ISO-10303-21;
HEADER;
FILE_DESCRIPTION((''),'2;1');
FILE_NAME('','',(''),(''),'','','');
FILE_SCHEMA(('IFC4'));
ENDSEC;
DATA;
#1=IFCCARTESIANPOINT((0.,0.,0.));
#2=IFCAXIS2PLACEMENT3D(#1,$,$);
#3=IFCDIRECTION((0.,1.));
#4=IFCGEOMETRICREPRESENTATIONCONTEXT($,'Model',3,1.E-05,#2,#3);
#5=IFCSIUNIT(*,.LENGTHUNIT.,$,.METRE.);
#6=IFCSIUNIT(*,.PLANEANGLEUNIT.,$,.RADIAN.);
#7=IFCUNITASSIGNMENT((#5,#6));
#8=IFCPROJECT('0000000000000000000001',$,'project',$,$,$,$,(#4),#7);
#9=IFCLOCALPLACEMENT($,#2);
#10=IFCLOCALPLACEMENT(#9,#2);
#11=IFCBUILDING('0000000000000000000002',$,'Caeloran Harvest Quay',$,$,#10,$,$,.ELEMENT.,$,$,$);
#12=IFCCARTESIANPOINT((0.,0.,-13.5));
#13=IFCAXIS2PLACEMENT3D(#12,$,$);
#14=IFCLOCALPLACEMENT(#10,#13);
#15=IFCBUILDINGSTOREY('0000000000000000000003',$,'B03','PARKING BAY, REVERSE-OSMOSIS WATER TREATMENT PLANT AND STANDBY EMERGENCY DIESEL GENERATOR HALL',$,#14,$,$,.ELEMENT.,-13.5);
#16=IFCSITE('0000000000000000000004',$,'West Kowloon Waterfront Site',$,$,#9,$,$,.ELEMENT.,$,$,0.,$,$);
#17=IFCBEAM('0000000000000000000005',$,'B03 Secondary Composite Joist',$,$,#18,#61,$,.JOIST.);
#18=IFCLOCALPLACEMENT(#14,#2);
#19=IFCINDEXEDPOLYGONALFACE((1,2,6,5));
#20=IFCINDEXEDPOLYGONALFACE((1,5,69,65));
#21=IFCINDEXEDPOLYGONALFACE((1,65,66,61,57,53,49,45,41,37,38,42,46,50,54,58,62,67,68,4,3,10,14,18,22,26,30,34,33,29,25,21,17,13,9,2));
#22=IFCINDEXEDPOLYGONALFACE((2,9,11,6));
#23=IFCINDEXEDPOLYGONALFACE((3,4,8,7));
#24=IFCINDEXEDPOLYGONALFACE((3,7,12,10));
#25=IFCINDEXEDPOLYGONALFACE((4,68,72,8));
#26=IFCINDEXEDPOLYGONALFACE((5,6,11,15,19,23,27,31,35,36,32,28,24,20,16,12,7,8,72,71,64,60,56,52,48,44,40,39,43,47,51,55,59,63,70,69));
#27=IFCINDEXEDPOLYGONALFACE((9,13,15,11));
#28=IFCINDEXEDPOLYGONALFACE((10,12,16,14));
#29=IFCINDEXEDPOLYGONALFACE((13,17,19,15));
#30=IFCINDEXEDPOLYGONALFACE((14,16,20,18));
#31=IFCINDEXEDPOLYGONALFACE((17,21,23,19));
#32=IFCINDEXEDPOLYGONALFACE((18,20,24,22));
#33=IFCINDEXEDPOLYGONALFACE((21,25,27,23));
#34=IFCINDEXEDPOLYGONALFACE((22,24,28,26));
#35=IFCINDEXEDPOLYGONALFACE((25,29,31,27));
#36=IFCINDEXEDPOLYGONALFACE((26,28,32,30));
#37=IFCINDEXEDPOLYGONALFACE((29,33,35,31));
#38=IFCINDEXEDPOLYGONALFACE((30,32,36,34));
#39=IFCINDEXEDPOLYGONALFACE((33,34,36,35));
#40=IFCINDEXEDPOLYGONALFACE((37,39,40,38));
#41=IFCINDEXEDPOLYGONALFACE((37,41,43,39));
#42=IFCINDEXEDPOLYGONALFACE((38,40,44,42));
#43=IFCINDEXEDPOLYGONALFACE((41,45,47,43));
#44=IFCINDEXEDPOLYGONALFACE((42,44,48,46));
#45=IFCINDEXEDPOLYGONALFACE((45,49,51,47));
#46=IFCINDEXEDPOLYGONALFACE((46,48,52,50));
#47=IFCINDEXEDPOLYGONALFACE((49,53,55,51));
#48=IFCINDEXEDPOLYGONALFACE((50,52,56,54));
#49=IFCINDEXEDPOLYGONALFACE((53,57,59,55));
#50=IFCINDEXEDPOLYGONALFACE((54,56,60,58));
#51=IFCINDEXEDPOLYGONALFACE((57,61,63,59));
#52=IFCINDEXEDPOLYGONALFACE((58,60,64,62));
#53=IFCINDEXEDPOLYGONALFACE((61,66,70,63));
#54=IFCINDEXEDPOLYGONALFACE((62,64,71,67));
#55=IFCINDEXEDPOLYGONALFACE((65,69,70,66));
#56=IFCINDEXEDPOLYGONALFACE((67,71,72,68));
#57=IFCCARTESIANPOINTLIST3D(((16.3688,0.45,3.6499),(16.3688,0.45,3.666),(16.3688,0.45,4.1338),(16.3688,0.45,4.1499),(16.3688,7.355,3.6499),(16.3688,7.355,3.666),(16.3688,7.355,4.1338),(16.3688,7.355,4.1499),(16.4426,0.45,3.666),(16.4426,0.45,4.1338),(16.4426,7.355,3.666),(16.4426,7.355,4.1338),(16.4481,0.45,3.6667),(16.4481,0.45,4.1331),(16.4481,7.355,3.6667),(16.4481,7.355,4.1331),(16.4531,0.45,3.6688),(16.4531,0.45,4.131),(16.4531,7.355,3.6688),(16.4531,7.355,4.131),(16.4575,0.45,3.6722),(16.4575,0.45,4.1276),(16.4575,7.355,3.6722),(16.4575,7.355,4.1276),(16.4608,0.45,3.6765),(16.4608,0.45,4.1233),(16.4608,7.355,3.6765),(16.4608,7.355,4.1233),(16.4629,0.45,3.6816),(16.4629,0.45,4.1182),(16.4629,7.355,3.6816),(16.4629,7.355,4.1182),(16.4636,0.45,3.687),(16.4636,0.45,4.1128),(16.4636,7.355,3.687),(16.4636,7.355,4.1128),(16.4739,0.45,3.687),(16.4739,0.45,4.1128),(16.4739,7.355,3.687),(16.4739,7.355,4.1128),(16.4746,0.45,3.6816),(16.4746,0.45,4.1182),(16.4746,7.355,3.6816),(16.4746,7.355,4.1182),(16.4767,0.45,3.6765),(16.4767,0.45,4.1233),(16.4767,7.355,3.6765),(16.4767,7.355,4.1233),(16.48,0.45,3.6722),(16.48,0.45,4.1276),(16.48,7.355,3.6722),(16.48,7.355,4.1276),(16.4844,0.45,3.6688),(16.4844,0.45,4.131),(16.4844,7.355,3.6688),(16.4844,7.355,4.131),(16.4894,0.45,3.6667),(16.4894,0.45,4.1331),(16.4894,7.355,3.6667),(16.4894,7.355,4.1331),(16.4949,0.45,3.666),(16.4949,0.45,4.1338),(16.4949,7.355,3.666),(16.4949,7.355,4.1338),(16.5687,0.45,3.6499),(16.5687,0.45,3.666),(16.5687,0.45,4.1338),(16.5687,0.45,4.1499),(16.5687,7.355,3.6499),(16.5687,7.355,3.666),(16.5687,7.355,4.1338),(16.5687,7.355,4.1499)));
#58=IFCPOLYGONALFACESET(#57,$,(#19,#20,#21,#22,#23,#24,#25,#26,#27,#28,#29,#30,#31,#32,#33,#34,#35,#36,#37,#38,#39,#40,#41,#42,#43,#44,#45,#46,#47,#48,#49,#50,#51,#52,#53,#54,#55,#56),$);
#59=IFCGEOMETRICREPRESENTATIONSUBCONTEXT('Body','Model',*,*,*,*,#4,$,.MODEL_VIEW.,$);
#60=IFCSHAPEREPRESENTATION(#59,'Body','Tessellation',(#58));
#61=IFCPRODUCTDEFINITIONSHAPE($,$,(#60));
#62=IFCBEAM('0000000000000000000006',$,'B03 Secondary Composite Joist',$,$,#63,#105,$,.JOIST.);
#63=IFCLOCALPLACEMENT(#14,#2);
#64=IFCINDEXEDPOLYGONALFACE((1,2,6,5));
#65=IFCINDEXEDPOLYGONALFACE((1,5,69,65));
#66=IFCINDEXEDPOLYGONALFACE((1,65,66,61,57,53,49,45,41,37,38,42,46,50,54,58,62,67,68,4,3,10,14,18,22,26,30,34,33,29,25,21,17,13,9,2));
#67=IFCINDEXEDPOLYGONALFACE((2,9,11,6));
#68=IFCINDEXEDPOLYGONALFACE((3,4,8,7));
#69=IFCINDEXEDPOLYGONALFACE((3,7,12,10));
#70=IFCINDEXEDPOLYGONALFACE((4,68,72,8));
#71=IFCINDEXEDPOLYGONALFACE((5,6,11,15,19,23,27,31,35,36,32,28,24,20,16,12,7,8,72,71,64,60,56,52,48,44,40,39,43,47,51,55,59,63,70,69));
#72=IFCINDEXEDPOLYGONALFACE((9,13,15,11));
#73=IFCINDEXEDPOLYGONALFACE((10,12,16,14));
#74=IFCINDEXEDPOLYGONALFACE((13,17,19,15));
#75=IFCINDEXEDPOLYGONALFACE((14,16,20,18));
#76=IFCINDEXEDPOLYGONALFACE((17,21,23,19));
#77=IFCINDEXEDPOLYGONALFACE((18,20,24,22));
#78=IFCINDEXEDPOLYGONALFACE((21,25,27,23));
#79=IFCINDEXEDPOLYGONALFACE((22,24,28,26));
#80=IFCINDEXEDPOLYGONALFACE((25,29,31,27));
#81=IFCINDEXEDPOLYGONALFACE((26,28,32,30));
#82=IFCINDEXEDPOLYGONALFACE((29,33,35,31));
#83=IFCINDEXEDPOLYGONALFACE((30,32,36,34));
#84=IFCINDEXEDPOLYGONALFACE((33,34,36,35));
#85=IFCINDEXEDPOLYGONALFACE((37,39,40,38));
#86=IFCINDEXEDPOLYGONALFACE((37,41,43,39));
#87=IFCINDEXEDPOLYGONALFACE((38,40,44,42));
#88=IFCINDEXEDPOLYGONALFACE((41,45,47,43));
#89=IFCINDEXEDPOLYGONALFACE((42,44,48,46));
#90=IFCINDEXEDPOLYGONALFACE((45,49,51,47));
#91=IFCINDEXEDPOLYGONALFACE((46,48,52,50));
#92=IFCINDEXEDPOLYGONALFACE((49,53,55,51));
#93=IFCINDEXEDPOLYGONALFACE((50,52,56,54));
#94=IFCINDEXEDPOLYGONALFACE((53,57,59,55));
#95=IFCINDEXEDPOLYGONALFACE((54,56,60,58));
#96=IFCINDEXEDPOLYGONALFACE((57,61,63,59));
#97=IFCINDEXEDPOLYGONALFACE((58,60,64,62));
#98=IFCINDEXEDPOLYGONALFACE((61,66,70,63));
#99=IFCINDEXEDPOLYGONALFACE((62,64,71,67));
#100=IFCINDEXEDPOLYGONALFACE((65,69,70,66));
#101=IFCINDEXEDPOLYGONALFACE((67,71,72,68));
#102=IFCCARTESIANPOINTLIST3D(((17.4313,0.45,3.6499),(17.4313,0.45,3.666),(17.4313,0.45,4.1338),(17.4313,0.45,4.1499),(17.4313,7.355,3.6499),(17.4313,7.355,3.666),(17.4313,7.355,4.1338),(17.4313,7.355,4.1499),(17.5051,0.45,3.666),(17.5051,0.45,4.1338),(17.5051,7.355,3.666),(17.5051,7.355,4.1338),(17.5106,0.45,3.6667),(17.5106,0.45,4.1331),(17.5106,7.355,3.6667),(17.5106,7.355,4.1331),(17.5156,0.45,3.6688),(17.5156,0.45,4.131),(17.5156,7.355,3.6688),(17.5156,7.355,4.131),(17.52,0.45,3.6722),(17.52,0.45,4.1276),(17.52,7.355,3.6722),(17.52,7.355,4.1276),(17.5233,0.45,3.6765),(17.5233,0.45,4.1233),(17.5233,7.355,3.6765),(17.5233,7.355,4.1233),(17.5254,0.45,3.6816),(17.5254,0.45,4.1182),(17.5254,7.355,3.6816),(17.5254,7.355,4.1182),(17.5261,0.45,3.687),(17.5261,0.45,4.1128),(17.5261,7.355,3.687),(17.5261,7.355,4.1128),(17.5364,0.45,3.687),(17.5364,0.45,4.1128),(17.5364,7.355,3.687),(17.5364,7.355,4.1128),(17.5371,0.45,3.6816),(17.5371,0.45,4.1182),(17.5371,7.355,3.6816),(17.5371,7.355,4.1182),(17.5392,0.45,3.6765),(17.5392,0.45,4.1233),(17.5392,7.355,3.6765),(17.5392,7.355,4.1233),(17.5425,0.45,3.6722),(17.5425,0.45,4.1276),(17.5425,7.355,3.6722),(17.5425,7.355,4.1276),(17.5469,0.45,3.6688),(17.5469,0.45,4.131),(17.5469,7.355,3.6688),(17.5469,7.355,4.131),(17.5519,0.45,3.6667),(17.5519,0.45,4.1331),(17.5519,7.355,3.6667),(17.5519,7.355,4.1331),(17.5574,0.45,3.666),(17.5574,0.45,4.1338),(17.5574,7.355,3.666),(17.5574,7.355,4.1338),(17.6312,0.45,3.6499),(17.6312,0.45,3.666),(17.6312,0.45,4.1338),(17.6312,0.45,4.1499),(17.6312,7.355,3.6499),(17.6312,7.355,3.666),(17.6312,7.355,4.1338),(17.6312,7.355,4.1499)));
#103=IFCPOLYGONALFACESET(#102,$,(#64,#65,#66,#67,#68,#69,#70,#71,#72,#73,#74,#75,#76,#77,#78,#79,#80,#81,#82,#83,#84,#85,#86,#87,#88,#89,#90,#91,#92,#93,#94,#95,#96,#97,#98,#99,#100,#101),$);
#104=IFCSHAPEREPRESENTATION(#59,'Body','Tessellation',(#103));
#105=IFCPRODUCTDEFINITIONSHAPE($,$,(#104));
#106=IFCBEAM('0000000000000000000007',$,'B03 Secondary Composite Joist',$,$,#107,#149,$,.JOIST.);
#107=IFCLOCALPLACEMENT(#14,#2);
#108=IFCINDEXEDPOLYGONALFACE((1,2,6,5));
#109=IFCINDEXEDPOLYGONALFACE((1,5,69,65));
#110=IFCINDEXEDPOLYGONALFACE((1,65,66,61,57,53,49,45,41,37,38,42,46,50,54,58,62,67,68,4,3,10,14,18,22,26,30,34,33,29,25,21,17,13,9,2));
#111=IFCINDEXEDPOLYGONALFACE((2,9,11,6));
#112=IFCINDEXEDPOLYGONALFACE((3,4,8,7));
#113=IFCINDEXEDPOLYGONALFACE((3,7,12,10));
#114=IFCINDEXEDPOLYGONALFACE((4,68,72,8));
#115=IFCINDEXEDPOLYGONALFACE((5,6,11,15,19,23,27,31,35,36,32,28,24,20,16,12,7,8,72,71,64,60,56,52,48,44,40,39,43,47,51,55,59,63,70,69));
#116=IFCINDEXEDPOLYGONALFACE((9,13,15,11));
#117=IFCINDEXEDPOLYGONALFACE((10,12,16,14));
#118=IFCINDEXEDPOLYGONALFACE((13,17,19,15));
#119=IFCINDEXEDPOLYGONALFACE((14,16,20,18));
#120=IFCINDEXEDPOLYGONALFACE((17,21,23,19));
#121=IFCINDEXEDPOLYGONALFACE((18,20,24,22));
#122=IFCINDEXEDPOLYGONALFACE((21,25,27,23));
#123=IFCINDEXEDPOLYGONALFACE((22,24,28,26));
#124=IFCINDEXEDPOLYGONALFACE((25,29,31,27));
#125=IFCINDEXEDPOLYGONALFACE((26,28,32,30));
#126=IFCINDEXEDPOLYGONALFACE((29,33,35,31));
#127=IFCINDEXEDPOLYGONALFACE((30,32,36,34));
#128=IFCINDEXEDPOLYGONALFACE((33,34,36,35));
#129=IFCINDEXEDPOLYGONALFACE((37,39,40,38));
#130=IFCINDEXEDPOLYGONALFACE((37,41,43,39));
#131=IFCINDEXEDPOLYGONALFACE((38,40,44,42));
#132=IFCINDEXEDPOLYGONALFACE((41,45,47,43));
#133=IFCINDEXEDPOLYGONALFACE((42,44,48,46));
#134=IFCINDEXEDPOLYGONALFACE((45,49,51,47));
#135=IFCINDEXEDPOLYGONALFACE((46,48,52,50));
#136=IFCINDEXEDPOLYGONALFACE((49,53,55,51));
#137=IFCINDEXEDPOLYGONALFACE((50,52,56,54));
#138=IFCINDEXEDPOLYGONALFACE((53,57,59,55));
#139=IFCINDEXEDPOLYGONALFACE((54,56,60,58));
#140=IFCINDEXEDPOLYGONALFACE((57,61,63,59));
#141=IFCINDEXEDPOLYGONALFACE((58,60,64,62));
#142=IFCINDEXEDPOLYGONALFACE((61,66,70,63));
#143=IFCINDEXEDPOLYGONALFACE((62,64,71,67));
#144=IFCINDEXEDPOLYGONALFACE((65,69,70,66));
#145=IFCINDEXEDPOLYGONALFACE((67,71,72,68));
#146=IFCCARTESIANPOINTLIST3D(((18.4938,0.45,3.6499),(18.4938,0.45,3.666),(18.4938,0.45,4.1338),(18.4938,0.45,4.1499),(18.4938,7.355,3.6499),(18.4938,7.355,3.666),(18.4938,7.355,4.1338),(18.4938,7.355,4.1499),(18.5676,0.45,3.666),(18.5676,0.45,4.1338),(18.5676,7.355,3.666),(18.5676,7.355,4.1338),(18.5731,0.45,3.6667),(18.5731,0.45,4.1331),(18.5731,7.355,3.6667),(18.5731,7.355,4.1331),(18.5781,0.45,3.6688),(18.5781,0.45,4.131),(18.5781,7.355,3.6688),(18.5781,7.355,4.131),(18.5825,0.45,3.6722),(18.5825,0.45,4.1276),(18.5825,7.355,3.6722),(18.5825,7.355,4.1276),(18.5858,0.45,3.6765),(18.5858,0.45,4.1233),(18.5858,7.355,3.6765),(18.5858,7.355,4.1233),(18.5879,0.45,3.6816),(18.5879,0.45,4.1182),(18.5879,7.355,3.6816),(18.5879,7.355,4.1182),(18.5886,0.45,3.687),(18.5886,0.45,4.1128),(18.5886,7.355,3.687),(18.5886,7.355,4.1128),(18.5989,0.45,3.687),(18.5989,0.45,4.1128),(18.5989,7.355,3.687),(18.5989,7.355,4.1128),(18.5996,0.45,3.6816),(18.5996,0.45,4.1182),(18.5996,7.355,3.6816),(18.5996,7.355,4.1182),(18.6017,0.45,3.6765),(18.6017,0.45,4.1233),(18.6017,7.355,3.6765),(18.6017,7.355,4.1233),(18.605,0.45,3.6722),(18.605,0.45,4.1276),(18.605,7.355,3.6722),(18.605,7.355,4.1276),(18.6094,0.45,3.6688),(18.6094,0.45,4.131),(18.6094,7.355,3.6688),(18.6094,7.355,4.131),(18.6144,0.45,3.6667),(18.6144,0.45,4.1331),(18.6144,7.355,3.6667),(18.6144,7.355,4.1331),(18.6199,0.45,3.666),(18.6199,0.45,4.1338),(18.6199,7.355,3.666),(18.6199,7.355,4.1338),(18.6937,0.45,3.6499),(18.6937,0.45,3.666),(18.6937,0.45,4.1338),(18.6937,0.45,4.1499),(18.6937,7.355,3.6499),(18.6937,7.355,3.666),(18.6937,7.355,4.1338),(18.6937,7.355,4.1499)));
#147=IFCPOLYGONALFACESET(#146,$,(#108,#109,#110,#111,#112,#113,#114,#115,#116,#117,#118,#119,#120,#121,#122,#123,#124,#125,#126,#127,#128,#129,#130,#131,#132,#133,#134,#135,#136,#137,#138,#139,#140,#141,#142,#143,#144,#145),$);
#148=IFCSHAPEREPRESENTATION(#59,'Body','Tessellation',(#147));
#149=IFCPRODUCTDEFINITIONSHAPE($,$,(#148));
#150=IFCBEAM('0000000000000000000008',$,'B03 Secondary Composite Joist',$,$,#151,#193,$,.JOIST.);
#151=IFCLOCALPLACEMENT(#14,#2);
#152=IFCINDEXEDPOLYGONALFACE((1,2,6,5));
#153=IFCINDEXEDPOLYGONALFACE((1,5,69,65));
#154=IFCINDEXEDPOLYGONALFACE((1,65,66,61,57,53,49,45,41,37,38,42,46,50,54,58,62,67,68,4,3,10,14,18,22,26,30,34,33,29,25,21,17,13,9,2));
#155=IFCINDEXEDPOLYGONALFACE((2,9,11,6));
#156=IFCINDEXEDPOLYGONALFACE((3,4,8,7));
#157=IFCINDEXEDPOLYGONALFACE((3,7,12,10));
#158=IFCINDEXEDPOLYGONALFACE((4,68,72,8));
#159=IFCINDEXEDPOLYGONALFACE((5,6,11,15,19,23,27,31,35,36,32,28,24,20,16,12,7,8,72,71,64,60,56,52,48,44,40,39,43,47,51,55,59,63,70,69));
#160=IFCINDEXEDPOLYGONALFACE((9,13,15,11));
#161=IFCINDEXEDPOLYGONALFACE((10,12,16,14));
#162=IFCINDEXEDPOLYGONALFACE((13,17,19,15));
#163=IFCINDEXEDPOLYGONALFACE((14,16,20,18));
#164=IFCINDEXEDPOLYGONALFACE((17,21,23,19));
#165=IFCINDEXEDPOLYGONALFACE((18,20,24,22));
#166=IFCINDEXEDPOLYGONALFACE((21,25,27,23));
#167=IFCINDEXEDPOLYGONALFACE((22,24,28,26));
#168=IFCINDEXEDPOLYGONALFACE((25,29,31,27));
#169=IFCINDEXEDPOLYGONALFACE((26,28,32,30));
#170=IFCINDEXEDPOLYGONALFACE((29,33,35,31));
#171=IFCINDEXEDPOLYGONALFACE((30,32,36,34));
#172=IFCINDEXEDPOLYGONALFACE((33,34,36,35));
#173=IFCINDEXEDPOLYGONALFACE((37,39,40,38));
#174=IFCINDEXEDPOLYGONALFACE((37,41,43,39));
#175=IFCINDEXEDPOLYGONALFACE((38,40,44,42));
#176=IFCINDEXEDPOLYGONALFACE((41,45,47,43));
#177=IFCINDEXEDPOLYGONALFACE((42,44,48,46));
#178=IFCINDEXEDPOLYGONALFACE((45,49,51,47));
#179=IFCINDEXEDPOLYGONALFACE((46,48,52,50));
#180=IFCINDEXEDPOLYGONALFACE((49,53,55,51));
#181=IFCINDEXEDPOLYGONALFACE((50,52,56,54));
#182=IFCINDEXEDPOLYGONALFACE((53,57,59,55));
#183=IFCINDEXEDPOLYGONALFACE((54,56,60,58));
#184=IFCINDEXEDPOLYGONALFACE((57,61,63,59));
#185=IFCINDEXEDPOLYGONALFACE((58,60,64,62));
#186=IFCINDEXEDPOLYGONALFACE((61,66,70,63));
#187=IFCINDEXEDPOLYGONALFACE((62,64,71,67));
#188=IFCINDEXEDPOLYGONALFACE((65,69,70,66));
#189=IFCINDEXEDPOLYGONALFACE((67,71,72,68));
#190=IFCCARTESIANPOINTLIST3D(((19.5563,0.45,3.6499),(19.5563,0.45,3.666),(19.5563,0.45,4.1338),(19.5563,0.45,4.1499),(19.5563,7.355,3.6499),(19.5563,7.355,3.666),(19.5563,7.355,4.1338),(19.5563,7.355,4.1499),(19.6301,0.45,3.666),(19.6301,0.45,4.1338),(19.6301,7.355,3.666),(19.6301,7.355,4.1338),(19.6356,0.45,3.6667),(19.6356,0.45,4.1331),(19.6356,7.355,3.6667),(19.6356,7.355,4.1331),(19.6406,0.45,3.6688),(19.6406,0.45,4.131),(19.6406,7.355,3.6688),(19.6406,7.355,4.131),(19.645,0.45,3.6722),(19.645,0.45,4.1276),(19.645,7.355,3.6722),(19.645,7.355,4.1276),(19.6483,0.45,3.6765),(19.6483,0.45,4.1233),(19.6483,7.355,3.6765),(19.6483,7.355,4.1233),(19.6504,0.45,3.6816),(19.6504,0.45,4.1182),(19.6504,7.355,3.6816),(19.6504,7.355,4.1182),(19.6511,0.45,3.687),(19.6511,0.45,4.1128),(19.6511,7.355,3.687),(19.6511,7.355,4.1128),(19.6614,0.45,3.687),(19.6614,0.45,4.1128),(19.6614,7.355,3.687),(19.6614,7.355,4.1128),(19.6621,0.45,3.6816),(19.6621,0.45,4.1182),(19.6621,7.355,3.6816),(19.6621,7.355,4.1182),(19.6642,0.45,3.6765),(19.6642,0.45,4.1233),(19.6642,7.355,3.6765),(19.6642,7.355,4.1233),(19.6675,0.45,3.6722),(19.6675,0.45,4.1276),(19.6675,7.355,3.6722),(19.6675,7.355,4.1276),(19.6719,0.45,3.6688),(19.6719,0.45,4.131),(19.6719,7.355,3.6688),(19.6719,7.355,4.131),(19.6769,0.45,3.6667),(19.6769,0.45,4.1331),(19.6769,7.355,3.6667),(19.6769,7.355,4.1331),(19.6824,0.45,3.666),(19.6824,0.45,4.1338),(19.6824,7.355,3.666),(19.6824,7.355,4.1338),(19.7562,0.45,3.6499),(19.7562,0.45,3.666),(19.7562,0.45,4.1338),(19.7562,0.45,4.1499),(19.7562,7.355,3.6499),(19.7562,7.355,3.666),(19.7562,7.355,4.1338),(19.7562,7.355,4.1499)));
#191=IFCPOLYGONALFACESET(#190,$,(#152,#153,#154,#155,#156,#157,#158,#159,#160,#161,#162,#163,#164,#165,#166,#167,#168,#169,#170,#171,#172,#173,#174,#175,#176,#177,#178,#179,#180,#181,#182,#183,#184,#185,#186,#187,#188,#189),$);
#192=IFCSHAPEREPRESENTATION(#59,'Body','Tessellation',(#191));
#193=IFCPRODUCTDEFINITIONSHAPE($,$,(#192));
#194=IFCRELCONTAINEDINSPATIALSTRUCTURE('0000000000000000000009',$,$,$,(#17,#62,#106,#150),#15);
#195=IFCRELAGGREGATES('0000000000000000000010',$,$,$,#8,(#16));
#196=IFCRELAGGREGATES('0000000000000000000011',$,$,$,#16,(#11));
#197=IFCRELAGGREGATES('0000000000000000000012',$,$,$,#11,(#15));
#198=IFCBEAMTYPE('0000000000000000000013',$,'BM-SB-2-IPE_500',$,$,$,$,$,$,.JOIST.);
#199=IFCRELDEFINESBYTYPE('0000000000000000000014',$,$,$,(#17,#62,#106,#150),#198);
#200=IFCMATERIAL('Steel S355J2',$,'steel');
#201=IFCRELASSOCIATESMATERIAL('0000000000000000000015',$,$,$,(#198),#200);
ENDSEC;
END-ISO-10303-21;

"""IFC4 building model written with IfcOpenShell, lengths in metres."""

from ifc_helpers import new_model, si_unit, direction, frame, origin, origin_2d, place, context, subcontext, project, spatial, i_section, extrude, material, material_profile, profile_set, type_object, element, save


model = new_model("IFC4")

# Units and contexts
model_context = context("Model", 3, precision=1e-05, world=origin(), true_north=direction((0.0, 1.0)))
body_context = subcontext(model_context, "Body", "Model", "MODEL_VIEW")
ifc_project = project(units=[si_unit("LENGTHUNIT", "METRE"), si_unit("PLANEANGLEUNIT", "RADIAN")], contexts=[model_context])

# Site, building, storey
site_placement = place(None, origin())
site = spatial("IfcSite", under=ifc_project, at=site_placement, Name="West Kowloon Waterfront Site", CompositionType="ELEMENT", RefElevation=0.0)
building_placement = place(site_placement, origin())
building = spatial("IfcBuilding", under=site, at=building_placement, Name="Caeloran Harvest Quay", CompositionType="ELEMENT")
storey_placement = place(building_placement, frame((0.0, 0.0, -13.5)))
storey = spatial("IfcBuildingStorey", under=building, at=storey_placement, Name="B03", Description="PARKING BAY, REVERSE-OSMOSIS WATER TREATMENT PLANT AND STANDBY EMERGENCY DIESEL GENERATOR HALL", CompositionType="ELEMENT", Elevation=-13.5)

# Beams
ifc_material_1 = material(Name="Steel S355J2", Category="steel")
ifc_material_profile_1 = material_profile(ifc_material_1, i_section(OverallWidth=0.2, OverallDepth=0.5, WebThickness=0.0103, FlangeThickness=0.0161, FilletRadius=0.021, at=origin_2d()), Name="IPE 500")
ifc_profile_set_1 = profile_set([ifc_material_profile_1], Name="Steel S355J2")
beam_type_1 = type_object("IfcBeamType", Name="BM-SB-2-IPE_500", PredefinedType="JOIST", material=ifc_profile_set_1)
for number, where, z_axis, x_axis, name in (
    (1, (16.4688, 0.45, 3.8999), (0.0, 1.0, 0.0), (-1.0, 0.0, 0.0), "B03 Secondary Composite Joist"),
    (2, (17.5312, 0.45, 3.8999), (0.0, 1.0, 0.0), (-1.0, 0.0, 0.0), "B03 Secondary Composite Joist"),
    (3, (18.5938, 0.45, 3.8999), (0.0, 1.0, 0.0), (-1.0, 0.0, 0.0), "B03 Secondary Composite Joist"),
    (4, (19.6562, 0.45, 3.8999), (0.0, 1.0, 0.0), (-1.0, 0.0, 0.0), "B03 Secondary Composite Joist"),
):
    element("IfcBeam", number, at=place(storey_placement, frame(where, z_axis=z_axis, x_axis=x_axis)), inside=storey, type_object=beam_type_1, Name=name, PredefinedType="JOIST", context=body_context, shape_type="SweptSolid", body=[
        extrude(i_section(OverallWidth=0.2, OverallDepth=0.5, WebThickness=0.0103, FlangeThickness=0.0161, FilletRadius=0.021, at=origin_2d()), origin(), (0.0, 0.0, 1.0), 6.905),
    ])

save(model, "model.ifc")
